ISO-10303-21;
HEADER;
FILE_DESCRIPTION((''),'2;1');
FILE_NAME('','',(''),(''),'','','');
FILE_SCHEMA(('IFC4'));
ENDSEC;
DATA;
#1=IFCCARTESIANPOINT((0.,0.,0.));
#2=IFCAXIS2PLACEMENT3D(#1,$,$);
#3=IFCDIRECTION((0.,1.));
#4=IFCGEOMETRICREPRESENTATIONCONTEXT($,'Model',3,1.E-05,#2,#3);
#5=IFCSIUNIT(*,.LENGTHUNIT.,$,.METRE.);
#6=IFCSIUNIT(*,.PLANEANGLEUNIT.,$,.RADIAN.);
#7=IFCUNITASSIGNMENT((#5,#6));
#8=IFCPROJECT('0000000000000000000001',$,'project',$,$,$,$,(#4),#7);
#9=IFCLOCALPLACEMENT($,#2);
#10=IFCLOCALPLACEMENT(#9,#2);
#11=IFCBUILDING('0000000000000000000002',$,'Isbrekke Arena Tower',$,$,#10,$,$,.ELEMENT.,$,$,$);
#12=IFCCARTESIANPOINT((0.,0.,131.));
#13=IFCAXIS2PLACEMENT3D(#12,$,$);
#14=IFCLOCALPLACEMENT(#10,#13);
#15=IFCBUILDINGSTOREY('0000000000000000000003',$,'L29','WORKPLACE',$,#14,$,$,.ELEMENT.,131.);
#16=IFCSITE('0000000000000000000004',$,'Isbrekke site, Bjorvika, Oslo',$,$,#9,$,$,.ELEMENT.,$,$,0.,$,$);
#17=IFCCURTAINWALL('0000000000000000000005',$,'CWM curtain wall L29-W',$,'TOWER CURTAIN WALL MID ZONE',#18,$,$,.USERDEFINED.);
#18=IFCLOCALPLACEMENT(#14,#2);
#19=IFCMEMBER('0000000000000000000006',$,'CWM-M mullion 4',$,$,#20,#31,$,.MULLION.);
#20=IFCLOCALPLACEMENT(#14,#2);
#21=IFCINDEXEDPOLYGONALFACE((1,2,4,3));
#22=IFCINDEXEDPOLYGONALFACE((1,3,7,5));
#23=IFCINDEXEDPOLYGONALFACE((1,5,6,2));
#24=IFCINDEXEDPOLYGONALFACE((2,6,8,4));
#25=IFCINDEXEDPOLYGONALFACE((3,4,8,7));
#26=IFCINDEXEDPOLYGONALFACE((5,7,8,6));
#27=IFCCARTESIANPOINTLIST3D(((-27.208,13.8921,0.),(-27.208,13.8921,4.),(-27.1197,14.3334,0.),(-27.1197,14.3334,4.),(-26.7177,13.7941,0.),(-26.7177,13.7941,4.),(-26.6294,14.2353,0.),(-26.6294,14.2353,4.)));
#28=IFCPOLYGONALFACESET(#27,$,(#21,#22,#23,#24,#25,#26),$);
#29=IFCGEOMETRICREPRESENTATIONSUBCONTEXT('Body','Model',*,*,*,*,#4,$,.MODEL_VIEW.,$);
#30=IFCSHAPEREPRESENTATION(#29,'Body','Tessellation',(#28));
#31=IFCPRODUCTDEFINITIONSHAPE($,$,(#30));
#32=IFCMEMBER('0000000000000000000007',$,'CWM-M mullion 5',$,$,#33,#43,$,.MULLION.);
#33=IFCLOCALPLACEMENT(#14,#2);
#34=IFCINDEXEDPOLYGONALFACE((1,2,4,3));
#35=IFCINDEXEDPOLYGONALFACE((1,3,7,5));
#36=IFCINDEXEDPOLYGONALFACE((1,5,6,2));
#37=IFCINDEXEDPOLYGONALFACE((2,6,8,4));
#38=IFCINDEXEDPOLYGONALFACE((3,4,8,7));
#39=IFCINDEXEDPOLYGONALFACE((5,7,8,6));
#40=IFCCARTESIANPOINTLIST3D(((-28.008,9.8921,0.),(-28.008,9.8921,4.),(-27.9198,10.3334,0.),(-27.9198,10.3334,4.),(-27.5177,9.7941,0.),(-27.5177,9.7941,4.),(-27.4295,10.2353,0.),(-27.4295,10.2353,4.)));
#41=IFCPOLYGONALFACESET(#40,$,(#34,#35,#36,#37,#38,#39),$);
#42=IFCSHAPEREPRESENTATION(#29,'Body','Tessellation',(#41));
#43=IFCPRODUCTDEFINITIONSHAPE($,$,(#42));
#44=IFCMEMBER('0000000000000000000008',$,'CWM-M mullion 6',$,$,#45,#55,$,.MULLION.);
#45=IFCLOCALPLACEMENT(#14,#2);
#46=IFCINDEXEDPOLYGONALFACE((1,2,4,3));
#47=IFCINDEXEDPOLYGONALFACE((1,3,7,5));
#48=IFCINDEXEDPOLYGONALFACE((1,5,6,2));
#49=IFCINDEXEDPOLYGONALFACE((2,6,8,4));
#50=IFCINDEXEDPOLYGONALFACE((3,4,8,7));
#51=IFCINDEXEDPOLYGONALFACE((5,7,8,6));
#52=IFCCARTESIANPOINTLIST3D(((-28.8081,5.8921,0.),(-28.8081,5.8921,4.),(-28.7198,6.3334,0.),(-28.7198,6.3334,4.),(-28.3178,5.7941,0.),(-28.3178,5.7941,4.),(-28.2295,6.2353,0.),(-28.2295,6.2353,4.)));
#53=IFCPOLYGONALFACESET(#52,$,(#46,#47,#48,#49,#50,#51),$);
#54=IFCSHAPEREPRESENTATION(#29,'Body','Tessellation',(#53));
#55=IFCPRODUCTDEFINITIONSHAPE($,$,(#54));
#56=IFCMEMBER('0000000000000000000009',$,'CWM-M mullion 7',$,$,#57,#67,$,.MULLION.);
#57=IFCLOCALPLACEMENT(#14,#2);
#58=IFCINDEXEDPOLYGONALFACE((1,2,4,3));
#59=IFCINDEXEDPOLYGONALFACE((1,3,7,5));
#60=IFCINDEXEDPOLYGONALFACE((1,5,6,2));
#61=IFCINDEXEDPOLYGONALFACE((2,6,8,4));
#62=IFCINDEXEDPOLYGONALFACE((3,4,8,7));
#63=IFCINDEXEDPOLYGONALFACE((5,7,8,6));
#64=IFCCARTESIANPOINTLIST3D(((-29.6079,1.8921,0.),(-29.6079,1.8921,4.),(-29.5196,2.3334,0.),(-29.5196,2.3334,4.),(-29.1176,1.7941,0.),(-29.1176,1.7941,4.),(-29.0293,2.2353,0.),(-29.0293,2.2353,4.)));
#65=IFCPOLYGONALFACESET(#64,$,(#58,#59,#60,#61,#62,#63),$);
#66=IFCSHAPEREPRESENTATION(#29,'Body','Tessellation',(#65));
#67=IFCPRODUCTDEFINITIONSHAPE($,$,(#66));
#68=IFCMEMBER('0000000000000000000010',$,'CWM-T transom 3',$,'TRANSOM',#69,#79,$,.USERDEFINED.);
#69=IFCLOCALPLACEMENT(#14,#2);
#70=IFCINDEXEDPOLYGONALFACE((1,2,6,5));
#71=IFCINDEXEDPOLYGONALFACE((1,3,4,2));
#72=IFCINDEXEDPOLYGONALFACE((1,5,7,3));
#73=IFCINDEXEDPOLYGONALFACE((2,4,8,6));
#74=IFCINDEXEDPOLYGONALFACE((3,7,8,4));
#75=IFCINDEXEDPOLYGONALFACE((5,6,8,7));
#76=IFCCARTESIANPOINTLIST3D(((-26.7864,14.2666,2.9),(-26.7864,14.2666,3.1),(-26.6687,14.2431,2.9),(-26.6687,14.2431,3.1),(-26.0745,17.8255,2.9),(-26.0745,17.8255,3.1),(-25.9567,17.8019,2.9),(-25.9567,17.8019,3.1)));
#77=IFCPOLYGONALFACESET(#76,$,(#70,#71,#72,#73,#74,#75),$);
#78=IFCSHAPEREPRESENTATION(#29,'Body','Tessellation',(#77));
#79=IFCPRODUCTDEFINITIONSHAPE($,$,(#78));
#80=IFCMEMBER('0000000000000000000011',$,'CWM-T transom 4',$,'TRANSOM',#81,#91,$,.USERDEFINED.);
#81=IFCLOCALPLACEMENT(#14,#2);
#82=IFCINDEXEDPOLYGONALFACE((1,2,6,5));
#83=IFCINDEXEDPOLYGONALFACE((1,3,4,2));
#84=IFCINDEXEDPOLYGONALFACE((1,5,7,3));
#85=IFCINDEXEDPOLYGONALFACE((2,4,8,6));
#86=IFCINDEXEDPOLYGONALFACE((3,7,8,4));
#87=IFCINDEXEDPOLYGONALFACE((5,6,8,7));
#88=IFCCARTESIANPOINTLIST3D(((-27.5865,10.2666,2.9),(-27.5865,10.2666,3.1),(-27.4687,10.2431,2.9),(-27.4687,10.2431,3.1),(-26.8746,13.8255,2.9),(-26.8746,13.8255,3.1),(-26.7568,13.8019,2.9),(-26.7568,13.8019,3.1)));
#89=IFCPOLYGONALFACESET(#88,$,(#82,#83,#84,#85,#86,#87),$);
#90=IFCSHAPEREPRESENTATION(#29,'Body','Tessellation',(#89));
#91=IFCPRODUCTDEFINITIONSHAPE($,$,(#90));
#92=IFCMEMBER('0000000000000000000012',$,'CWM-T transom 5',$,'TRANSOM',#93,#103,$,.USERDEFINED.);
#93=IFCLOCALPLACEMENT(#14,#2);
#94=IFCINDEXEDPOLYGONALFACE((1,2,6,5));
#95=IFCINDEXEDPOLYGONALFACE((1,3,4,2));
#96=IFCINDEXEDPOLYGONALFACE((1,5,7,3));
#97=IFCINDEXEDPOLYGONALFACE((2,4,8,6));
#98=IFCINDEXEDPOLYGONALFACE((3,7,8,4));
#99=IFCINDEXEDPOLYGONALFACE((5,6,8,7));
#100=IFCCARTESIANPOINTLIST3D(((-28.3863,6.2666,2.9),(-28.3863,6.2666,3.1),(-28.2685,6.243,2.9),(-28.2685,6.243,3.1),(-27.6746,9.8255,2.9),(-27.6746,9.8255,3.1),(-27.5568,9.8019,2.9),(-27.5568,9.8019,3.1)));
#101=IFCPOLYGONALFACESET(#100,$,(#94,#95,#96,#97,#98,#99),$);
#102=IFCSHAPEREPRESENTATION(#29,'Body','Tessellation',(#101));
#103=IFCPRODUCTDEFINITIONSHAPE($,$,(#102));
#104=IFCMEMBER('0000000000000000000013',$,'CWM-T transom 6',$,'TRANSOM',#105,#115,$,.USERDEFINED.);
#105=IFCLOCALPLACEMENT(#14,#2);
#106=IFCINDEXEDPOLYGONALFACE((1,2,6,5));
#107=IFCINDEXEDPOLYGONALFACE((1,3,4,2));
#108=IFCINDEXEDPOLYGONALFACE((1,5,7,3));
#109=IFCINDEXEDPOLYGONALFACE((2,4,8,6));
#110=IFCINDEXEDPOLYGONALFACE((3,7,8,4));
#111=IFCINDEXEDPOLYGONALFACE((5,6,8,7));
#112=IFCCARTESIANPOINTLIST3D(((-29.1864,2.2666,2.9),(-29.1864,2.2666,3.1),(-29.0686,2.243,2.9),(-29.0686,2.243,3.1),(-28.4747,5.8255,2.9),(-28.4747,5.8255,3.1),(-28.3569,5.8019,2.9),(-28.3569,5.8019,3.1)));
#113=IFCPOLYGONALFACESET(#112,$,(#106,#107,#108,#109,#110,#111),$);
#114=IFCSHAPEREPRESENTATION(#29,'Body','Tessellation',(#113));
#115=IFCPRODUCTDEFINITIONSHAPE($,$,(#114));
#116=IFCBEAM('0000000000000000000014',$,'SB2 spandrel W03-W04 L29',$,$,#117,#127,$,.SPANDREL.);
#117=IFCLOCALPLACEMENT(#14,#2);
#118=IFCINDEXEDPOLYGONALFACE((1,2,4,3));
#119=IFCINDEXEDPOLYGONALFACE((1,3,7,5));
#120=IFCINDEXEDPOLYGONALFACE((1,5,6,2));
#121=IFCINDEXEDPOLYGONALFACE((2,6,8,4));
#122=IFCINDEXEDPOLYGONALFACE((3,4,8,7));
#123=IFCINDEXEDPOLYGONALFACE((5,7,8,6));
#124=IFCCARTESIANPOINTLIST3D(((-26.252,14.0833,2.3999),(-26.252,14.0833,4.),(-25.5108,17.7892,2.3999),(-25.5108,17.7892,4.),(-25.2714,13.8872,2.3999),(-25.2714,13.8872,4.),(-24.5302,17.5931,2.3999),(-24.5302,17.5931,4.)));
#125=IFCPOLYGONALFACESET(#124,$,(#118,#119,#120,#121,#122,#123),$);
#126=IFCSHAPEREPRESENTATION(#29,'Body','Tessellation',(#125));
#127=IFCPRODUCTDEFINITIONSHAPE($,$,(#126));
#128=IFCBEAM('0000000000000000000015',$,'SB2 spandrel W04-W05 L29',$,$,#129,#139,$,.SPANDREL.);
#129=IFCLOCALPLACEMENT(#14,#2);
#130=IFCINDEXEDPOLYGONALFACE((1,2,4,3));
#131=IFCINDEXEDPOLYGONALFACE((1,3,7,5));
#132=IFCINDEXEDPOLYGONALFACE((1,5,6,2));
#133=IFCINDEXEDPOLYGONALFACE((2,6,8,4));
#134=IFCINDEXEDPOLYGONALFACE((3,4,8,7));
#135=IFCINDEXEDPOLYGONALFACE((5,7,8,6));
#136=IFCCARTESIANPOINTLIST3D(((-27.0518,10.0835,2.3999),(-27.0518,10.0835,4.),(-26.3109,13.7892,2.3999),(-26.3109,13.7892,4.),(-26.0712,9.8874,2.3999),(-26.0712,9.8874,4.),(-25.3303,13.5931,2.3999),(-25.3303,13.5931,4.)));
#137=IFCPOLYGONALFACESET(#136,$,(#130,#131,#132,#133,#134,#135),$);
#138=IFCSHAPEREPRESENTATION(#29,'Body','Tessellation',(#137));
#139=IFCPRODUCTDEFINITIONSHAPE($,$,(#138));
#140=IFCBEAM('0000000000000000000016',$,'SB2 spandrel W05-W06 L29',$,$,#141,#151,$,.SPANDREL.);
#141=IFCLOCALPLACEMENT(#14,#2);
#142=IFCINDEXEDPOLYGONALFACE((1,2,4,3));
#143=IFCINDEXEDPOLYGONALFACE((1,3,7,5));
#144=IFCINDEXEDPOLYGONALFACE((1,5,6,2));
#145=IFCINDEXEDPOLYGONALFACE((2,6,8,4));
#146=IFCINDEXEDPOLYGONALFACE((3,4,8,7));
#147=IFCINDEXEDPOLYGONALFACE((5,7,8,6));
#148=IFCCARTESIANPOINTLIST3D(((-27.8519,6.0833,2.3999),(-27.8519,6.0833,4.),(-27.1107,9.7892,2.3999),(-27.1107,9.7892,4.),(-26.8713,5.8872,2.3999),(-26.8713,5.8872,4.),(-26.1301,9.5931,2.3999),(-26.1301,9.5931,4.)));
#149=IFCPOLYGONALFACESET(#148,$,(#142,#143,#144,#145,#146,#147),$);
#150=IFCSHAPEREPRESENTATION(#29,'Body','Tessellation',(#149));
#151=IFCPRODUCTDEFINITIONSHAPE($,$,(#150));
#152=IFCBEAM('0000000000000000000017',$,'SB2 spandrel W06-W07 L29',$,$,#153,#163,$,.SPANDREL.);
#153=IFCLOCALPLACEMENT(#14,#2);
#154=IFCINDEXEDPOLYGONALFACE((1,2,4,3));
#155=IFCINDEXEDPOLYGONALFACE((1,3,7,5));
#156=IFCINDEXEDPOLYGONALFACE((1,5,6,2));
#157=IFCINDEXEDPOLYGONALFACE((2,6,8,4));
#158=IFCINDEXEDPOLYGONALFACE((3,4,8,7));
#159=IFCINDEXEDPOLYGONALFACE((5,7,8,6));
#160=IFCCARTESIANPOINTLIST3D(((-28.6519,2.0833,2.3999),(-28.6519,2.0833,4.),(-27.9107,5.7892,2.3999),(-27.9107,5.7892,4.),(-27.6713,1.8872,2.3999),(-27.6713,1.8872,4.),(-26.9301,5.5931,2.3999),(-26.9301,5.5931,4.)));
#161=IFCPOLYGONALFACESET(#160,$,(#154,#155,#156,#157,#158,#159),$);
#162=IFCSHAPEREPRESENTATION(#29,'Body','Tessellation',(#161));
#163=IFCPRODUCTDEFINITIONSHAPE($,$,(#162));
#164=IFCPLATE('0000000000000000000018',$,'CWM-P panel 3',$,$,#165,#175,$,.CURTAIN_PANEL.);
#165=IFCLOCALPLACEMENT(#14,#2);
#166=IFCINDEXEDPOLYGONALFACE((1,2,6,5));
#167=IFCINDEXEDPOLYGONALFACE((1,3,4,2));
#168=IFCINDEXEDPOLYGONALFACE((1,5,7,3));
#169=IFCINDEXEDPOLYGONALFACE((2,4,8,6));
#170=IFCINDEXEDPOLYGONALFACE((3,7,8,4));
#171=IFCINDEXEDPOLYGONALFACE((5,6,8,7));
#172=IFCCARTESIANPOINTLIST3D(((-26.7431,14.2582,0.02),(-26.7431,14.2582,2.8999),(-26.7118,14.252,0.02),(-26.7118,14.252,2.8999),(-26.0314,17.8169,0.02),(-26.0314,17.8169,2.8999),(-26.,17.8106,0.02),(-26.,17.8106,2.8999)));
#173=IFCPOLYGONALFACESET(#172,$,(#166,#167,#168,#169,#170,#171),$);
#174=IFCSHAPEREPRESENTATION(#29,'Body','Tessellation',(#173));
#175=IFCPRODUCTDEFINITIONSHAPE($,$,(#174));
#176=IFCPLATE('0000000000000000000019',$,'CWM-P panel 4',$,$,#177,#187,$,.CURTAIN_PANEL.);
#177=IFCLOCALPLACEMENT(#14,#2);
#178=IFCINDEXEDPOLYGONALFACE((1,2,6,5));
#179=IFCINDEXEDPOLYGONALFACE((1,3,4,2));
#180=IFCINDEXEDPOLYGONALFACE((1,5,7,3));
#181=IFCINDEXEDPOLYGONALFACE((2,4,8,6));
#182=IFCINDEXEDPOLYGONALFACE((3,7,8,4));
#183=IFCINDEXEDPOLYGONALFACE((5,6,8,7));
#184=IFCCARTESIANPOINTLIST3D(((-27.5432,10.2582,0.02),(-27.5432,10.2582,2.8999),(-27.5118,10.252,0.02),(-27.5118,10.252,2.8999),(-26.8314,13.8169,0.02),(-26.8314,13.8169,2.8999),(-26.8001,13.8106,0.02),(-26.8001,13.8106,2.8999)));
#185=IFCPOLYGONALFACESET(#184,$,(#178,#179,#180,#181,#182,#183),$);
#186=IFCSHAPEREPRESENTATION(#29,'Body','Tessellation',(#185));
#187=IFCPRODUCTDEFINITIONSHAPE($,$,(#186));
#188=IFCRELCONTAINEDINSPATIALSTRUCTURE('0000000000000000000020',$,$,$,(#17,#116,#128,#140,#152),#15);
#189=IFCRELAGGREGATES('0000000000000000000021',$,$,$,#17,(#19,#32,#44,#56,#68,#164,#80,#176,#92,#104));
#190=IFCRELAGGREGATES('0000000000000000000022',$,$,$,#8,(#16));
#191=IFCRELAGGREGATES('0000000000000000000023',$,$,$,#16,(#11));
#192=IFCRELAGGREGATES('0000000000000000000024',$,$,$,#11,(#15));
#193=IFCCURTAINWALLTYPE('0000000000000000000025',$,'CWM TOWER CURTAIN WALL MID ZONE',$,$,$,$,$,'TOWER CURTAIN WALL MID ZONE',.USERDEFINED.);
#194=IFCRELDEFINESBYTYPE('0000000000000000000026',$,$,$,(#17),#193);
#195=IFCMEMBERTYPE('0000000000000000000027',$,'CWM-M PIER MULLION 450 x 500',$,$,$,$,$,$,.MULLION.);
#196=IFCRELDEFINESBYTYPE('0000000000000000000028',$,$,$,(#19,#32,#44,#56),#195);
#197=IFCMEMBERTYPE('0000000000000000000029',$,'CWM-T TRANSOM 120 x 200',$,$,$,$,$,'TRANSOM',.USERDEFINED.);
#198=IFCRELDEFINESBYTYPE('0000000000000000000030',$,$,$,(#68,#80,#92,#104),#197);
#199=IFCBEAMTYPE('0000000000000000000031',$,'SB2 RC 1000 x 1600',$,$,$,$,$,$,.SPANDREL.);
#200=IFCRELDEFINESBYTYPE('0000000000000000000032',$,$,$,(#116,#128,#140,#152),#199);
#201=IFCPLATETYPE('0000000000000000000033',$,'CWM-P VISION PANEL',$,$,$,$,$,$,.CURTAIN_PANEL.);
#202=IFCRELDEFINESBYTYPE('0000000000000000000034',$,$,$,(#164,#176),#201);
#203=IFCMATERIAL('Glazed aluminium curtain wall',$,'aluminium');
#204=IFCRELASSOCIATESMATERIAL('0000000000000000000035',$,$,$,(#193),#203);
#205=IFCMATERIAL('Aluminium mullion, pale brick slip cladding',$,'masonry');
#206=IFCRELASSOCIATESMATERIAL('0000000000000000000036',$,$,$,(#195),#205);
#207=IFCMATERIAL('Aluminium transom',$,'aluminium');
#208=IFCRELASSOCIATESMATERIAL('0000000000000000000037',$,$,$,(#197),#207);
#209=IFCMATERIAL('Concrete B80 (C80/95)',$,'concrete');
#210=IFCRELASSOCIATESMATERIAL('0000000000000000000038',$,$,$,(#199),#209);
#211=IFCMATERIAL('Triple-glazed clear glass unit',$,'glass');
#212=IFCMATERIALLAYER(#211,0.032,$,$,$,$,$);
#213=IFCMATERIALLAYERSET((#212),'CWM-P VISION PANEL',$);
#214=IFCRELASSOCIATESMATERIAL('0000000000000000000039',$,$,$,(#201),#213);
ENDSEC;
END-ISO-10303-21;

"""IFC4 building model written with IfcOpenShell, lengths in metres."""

from ifc_helpers import new_model, si_unit, direction, frame, origin, origin_2d, place, context, subcontext, project, spatial, rectangle, extrude, material, layer, layer_set, material_profile, profile_set, type_object, element, aggregate, save


model = new_model("IFC4")

# Units and contexts
model_context = context("Model", 3, precision=1e-05, world=origin(), true_north=direction((0.0, 1.0)))
body_context = subcontext(model_context, "Body", "Model", "MODEL_VIEW")
ifc_project = project(units=[si_unit("LENGTHUNIT", "METRE"), si_unit("PLANEANGLEUNIT", "RADIAN")], contexts=[model_context])

# Site, building, storey
site_placement = place(None, origin())
site = spatial("IfcSite", under=ifc_project, at=site_placement, Name="Isbrekke site, Bjorvika, Oslo", CompositionType="ELEMENT", RefElevation=0.0)
building_placement = place(site_placement, origin())
building = spatial("IfcBuilding", under=site, at=building_placement, Name="Isbrekke Arena Tower", CompositionType="ELEMENT")
storey_placement = place(building_placement, frame((0.0, 0.0, 131.0)))
storey = spatial("IfcBuildingStorey", under=building, at=storey_placement, Name="L29", Description="WORKPLACE", CompositionType="ELEMENT", Elevation=131.0)

# Curtain wall, members
ifc_material_1 = material(Name="Glazed aluminium curtain wall", Category="aluminium")
curtain_wall_type = type_object("IfcCurtainWallType", Name="CWM TOWER CURTAIN WALL MID ZONE", ElementType="TOWER CURTAIN WALL MID ZONE", PredefinedType="USERDEFINED", material=ifc_material_1)
curtain_wall_placement = place(storey_placement, origin())
curtain_wall = element("IfcCurtainWall", 1, at=curtain_wall_placement, inside=storey, type_object=curtain_wall_type, Name="CWM curtain wall L29-W", ObjectType="TOWER CURTAIN WALL MID ZONE", PredefinedType="USERDEFINED")
ifc_material_2 = material(Name="Aluminium mullion, pale brick slip cladding", Category="masonry")
ifc_material_profile_1 = material_profile(ifc_material_2, rectangle(XDim=0.45, YDim=0.5, at=origin_2d()), Name="PIER 450X500")
ifc_profile_set_1 = profile_set([ifc_material_profile_1], Name="Aluminium mullion, pale brick slip cladding")
member_type_1 = type_object("IfcMemberType", Name="CWM-M PIER MULLION 450 x 500", PredefinedType="MULLION", material=ifc_profile_set_1)
member_1_placement = place(storey_placement, frame((-26.9187, 14.0637, 0.0), z_axis=(0.0, 0.0, 1.0), x_axis=(-0.196116, -0.980581, 0.0)))
member_1 = element("IfcMember", 2, at=member_1_placement, type_object=member_type_1, Name="CWM-M mullion 4", PredefinedType="MULLION", context=body_context, shape_type="SweptSolid", body=[
    extrude(rectangle(XDim=0.45, YDim=0.5, at=origin_2d()), origin(), (0.0, 0.0, 1.0), 4.0),
])
member_2_placement = place(storey_placement, frame((-27.7188, 10.0637, 0.0), z_axis=(0.0, 0.0, 1.0), x_axis=(-0.196116, -0.980581, 0.0)))
member_2 = element("IfcMember", 3, at=member_2_placement, type_object=member_type_1, Name="CWM-M mullion 5", PredefinedType="MULLION", context=body_context, shape_type="SweptSolid", body=[
    extrude(rectangle(XDim=0.45, YDim=0.5, at=origin_2d()), origin(), (0.0, 0.0, 1.0), 4.0),
])
member_3_placement = place(storey_placement, frame((-28.5188, 6.0637, 0.0), z_axis=(0.0, 0.0, 1.0), x_axis=(-0.196116, -0.980581, 0.0)))
member_3 = element("IfcMember", 4, at=member_3_placement, type_object=member_type_1, Name="CWM-M mullion 6", PredefinedType="MULLION", context=body_context, shape_type="SweptSolid", body=[
    extrude(rectangle(XDim=0.45, YDim=0.5, at=origin_2d()), origin(), (0.0, 0.0, 1.0), 4.0),
])
member_4_placement = place(storey_placement, frame((-29.3186, 2.0637, 0.0), z_axis=(0.0, 0.0, 1.0), x_axis=(-0.196116, -0.980581, 0.0)))
member_4 = element("IfcMember", 5, at=member_4_placement, type_object=member_type_1, Name="CWM-M mullion 7", PredefinedType="MULLION", context=body_context, shape_type="SweptSolid", body=[
    extrude(rectangle(XDim=0.45, YDim=0.5, at=origin_2d()), origin(), (0.0, 0.0, 1.0), 4.0),
])
ifc_material_3 = material(Name="Aluminium transom", Category="aluminium")
ifc_material_profile_2 = material_profile(ifc_material_3, rectangle(XDim=0.1201, YDim=0.2, at=origin_2d()), Name="TRANSOM 120X200")
ifc_profile_set_2 = profile_set([ifc_material_profile_2], Name="Aluminium transom")
member_type_2 = type_object("IfcMemberType", Name="CWM-T TRANSOM 120 x 200", ElementType="TRANSOM", PredefinedType="USERDEFINED", material=ifc_profile_set_2)
member_5_placement = place(storey_placement, frame((-26.0156, 17.8137, 3.0), z_axis=(-0.196155, -0.980573, 0.0), x_axis=(0.980573, -0.196155, 0.0)))
member_5 = element("IfcMember", 6, at=member_5_placement, type_object=member_type_2, Name="CWM-T transom 3", ObjectType="TRANSOM", PredefinedType="USERDEFINED", context=body_context, shape_type="SweptSolid", body=[
    extrude(rectangle(XDim=0.1201, YDim=0.2, at=origin_2d()), origin(), (0.0, 0.0, 1.0), 3.6294),
])
member_6_placement = place(storey_placement, frame((-26.8157, 13.8137, 3.0), z_axis=(-0.196155, -0.980573, 0.0), x_axis=(0.980573, -0.196155, 0.0)))
member_6 = element("IfcMember", 7, at=member_6_placement, type_object=member_type_2, Name="CWM-T transom 4", ObjectType="TRANSOM", PredefinedType="USERDEFINED", context=body_context, shape_type="SweptSolid", body=[
    extrude(rectangle(XDim=0.1201, YDim=0.2, at=origin_2d()), origin(), (0.0, 0.0, 1.0), 3.6294),
])
member_7_placement = place(storey_placement, frame((-27.6157, 9.8137, 3.0), z_axis=(-0.19609, -0.980586, 0.0), x_axis=(0.980586, -0.19609, 0.0)))
member_7 = element("IfcMember", 8, at=member_7_placement, type_object=member_type_2, Name="CWM-T transom 5", ObjectType="TRANSOM", PredefinedType="USERDEFINED", context=body_context, shape_type="SweptSolid", body=[
    extrude(rectangle(XDim=0.1201, YDim=0.2, at=origin_2d()), origin(), (0.0, 0.0, 1.0), 3.6294),
])
member_8_placement = place(storey_placement, frame((-28.4158, 5.8137, 3.0), z_axis=(-0.19609, -0.980586, 0.0), x_axis=(0.980586, -0.19609, 0.0)))
member_8 = element("IfcMember", 9, at=member_8_placement, type_object=member_type_2, Name="CWM-T transom 6", ObjectType="TRANSOM", PredefinedType="USERDEFINED", context=body_context, shape_type="SweptSolid", body=[
    extrude(rectangle(XDim=0.1201, YDim=0.2, at=origin_2d()), origin(), (0.0, 0.0, 1.0), 3.6294),
])

# Beams
ifc_material_4 = material(Name="Concrete B80 (C80/95)", Category="concrete")
ifc_material_profile_3 = material_profile(ifc_material_4, rectangle(XDim=1.0, YDim=1.6001, at=origin_2d()), Name="RC 1000x1600")
ifc_profile_set_3 = profile_set([ifc_material_profile_3], Name="Concrete B80 (C80/95)")
beam_type_1 = type_object("IfcBeamType", Name="SB2 RC 1000 x 1600", PredefinedType="SPANDREL", material=ifc_profile_set_3)
beam_1_placement = place(storey_placement, frame((-25.0205, 17.6912, 3.2), z_axis=(-0.196129, -0.980578, 0.0), x_axis=(0.980578, -0.196129, 0.0)))
element("IfcBeam", 10, at=beam_1_placement, inside=storey, type_object=beam_type_1, Name="SB2 spandrel W03-W04 L29", PredefinedType="SPANDREL", context=body_context, shape_type="SweptSolid", body=[
    extrude(rectangle(XDim=1.0, YDim=1.6001, at=origin_2d()), origin(), (0.0, 0.0, 1.0), 3.7793),
])
beam_2_placement = place(storey_placement, frame((-25.8206, 13.6912, 3.2), z_axis=(-0.196066, -0.980591, 0.0), x_axis=(0.980591, -0.196066, 0.0)))
element("IfcBeam", 11, at=beam_2_placement, inside=storey, type_object=beam_type_1, Name="SB2 spandrel W04-W05 L29", PredefinedType="SPANDREL", context=body_context, shape_type="SweptSolid", body=[
    extrude(rectangle(XDim=1.0, YDim=1.6001, at=origin_2d()), origin(), (0.0, 0.0, 1.0), 3.7791),
])
for number, where, z_axis, x_axis, name in (
    (12, (-26.6204, 9.6912, 3.2), (-0.196129, -0.980578, 0.0), (0.980578, -0.196129, 0.0), "SB2 spandrel W05-W06 L29"),
    (13, (-27.4204, 5.6912, 3.2), (-0.196129, -0.980578, 0.0), (0.980578, -0.196129, 0.0), "SB2 spandrel W06-W07 L29"),
):
    element("IfcBeam", number, at=place(storey_placement, frame(where, z_axis=z_axis, x_axis=x_axis)), inside=storey, type_object=beam_type_1, Name=name, PredefinedType="SPANDREL", context=body_context, shape_type="SweptSolid", body=[
        extrude(rectangle(XDim=1.0, YDim=1.6001, at=origin_2d()), origin(), (0.0, 0.0, 1.0), 3.7793),
    ])

# Plates
ifc_material_5 = material(Name="Triple-glazed clear glass unit", Category="glass")
ifc_layer_1 = layer(ifc_material_5, 0.032)
ifc_layer_set_1 = layer_set([ifc_layer_1], Name="CWM-P VISION PANEL")
plate_type = type_object("IfcPlateType", Name="CWM-P VISION PANEL", PredefinedType="CURTAIN_PANEL", material=ifc_layer_set_1)
plate_1_placement = place(storey_placement, frame((-26.3716, 16.0344, 0.02), z_axis=(0.0, 0.0, 1.0), x_axis=(-0.196116, -0.980581, 0.0)))
plate_1 = element("IfcPlate", 14, at=plate_1_placement, type_object=plate_type, Name="CWM-P panel 3", PredefinedType="CURTAIN_PANEL", context=body_context, shape_type="SweptSolid", body=[
    extrude(rectangle(XDim=3.6292, YDim=0.032, at=origin_2d()), origin(), (0.0, 0.0, 1.0), 2.8799),
])
plate_2_placement = place(storey_placement, frame((-27.1716, 12.0344, 0.02), z_axis=(0.0, 0.0, 1.0), x_axis=(-0.196116, -0.980581, 0.0)))
plate_2 = element("IfcPlate", 15, at=plate_2_placement, type_object=plate_type, Name="CWM-P panel 4", PredefinedType="CURTAIN_PANEL", context=body_context, shape_type="SweptSolid", body=[
    extrude(rectangle(XDim=3.6292, YDim=0.032, at=origin_2d()), origin(), (0.0, 0.0, 1.0), 2.8799),
])
aggregate(curtain_wall, [member_1, member_2, member_3, member_4, member_5, plate_1, member_6, plate_2, member_7, member_8])

save(model, "model.ifc")
